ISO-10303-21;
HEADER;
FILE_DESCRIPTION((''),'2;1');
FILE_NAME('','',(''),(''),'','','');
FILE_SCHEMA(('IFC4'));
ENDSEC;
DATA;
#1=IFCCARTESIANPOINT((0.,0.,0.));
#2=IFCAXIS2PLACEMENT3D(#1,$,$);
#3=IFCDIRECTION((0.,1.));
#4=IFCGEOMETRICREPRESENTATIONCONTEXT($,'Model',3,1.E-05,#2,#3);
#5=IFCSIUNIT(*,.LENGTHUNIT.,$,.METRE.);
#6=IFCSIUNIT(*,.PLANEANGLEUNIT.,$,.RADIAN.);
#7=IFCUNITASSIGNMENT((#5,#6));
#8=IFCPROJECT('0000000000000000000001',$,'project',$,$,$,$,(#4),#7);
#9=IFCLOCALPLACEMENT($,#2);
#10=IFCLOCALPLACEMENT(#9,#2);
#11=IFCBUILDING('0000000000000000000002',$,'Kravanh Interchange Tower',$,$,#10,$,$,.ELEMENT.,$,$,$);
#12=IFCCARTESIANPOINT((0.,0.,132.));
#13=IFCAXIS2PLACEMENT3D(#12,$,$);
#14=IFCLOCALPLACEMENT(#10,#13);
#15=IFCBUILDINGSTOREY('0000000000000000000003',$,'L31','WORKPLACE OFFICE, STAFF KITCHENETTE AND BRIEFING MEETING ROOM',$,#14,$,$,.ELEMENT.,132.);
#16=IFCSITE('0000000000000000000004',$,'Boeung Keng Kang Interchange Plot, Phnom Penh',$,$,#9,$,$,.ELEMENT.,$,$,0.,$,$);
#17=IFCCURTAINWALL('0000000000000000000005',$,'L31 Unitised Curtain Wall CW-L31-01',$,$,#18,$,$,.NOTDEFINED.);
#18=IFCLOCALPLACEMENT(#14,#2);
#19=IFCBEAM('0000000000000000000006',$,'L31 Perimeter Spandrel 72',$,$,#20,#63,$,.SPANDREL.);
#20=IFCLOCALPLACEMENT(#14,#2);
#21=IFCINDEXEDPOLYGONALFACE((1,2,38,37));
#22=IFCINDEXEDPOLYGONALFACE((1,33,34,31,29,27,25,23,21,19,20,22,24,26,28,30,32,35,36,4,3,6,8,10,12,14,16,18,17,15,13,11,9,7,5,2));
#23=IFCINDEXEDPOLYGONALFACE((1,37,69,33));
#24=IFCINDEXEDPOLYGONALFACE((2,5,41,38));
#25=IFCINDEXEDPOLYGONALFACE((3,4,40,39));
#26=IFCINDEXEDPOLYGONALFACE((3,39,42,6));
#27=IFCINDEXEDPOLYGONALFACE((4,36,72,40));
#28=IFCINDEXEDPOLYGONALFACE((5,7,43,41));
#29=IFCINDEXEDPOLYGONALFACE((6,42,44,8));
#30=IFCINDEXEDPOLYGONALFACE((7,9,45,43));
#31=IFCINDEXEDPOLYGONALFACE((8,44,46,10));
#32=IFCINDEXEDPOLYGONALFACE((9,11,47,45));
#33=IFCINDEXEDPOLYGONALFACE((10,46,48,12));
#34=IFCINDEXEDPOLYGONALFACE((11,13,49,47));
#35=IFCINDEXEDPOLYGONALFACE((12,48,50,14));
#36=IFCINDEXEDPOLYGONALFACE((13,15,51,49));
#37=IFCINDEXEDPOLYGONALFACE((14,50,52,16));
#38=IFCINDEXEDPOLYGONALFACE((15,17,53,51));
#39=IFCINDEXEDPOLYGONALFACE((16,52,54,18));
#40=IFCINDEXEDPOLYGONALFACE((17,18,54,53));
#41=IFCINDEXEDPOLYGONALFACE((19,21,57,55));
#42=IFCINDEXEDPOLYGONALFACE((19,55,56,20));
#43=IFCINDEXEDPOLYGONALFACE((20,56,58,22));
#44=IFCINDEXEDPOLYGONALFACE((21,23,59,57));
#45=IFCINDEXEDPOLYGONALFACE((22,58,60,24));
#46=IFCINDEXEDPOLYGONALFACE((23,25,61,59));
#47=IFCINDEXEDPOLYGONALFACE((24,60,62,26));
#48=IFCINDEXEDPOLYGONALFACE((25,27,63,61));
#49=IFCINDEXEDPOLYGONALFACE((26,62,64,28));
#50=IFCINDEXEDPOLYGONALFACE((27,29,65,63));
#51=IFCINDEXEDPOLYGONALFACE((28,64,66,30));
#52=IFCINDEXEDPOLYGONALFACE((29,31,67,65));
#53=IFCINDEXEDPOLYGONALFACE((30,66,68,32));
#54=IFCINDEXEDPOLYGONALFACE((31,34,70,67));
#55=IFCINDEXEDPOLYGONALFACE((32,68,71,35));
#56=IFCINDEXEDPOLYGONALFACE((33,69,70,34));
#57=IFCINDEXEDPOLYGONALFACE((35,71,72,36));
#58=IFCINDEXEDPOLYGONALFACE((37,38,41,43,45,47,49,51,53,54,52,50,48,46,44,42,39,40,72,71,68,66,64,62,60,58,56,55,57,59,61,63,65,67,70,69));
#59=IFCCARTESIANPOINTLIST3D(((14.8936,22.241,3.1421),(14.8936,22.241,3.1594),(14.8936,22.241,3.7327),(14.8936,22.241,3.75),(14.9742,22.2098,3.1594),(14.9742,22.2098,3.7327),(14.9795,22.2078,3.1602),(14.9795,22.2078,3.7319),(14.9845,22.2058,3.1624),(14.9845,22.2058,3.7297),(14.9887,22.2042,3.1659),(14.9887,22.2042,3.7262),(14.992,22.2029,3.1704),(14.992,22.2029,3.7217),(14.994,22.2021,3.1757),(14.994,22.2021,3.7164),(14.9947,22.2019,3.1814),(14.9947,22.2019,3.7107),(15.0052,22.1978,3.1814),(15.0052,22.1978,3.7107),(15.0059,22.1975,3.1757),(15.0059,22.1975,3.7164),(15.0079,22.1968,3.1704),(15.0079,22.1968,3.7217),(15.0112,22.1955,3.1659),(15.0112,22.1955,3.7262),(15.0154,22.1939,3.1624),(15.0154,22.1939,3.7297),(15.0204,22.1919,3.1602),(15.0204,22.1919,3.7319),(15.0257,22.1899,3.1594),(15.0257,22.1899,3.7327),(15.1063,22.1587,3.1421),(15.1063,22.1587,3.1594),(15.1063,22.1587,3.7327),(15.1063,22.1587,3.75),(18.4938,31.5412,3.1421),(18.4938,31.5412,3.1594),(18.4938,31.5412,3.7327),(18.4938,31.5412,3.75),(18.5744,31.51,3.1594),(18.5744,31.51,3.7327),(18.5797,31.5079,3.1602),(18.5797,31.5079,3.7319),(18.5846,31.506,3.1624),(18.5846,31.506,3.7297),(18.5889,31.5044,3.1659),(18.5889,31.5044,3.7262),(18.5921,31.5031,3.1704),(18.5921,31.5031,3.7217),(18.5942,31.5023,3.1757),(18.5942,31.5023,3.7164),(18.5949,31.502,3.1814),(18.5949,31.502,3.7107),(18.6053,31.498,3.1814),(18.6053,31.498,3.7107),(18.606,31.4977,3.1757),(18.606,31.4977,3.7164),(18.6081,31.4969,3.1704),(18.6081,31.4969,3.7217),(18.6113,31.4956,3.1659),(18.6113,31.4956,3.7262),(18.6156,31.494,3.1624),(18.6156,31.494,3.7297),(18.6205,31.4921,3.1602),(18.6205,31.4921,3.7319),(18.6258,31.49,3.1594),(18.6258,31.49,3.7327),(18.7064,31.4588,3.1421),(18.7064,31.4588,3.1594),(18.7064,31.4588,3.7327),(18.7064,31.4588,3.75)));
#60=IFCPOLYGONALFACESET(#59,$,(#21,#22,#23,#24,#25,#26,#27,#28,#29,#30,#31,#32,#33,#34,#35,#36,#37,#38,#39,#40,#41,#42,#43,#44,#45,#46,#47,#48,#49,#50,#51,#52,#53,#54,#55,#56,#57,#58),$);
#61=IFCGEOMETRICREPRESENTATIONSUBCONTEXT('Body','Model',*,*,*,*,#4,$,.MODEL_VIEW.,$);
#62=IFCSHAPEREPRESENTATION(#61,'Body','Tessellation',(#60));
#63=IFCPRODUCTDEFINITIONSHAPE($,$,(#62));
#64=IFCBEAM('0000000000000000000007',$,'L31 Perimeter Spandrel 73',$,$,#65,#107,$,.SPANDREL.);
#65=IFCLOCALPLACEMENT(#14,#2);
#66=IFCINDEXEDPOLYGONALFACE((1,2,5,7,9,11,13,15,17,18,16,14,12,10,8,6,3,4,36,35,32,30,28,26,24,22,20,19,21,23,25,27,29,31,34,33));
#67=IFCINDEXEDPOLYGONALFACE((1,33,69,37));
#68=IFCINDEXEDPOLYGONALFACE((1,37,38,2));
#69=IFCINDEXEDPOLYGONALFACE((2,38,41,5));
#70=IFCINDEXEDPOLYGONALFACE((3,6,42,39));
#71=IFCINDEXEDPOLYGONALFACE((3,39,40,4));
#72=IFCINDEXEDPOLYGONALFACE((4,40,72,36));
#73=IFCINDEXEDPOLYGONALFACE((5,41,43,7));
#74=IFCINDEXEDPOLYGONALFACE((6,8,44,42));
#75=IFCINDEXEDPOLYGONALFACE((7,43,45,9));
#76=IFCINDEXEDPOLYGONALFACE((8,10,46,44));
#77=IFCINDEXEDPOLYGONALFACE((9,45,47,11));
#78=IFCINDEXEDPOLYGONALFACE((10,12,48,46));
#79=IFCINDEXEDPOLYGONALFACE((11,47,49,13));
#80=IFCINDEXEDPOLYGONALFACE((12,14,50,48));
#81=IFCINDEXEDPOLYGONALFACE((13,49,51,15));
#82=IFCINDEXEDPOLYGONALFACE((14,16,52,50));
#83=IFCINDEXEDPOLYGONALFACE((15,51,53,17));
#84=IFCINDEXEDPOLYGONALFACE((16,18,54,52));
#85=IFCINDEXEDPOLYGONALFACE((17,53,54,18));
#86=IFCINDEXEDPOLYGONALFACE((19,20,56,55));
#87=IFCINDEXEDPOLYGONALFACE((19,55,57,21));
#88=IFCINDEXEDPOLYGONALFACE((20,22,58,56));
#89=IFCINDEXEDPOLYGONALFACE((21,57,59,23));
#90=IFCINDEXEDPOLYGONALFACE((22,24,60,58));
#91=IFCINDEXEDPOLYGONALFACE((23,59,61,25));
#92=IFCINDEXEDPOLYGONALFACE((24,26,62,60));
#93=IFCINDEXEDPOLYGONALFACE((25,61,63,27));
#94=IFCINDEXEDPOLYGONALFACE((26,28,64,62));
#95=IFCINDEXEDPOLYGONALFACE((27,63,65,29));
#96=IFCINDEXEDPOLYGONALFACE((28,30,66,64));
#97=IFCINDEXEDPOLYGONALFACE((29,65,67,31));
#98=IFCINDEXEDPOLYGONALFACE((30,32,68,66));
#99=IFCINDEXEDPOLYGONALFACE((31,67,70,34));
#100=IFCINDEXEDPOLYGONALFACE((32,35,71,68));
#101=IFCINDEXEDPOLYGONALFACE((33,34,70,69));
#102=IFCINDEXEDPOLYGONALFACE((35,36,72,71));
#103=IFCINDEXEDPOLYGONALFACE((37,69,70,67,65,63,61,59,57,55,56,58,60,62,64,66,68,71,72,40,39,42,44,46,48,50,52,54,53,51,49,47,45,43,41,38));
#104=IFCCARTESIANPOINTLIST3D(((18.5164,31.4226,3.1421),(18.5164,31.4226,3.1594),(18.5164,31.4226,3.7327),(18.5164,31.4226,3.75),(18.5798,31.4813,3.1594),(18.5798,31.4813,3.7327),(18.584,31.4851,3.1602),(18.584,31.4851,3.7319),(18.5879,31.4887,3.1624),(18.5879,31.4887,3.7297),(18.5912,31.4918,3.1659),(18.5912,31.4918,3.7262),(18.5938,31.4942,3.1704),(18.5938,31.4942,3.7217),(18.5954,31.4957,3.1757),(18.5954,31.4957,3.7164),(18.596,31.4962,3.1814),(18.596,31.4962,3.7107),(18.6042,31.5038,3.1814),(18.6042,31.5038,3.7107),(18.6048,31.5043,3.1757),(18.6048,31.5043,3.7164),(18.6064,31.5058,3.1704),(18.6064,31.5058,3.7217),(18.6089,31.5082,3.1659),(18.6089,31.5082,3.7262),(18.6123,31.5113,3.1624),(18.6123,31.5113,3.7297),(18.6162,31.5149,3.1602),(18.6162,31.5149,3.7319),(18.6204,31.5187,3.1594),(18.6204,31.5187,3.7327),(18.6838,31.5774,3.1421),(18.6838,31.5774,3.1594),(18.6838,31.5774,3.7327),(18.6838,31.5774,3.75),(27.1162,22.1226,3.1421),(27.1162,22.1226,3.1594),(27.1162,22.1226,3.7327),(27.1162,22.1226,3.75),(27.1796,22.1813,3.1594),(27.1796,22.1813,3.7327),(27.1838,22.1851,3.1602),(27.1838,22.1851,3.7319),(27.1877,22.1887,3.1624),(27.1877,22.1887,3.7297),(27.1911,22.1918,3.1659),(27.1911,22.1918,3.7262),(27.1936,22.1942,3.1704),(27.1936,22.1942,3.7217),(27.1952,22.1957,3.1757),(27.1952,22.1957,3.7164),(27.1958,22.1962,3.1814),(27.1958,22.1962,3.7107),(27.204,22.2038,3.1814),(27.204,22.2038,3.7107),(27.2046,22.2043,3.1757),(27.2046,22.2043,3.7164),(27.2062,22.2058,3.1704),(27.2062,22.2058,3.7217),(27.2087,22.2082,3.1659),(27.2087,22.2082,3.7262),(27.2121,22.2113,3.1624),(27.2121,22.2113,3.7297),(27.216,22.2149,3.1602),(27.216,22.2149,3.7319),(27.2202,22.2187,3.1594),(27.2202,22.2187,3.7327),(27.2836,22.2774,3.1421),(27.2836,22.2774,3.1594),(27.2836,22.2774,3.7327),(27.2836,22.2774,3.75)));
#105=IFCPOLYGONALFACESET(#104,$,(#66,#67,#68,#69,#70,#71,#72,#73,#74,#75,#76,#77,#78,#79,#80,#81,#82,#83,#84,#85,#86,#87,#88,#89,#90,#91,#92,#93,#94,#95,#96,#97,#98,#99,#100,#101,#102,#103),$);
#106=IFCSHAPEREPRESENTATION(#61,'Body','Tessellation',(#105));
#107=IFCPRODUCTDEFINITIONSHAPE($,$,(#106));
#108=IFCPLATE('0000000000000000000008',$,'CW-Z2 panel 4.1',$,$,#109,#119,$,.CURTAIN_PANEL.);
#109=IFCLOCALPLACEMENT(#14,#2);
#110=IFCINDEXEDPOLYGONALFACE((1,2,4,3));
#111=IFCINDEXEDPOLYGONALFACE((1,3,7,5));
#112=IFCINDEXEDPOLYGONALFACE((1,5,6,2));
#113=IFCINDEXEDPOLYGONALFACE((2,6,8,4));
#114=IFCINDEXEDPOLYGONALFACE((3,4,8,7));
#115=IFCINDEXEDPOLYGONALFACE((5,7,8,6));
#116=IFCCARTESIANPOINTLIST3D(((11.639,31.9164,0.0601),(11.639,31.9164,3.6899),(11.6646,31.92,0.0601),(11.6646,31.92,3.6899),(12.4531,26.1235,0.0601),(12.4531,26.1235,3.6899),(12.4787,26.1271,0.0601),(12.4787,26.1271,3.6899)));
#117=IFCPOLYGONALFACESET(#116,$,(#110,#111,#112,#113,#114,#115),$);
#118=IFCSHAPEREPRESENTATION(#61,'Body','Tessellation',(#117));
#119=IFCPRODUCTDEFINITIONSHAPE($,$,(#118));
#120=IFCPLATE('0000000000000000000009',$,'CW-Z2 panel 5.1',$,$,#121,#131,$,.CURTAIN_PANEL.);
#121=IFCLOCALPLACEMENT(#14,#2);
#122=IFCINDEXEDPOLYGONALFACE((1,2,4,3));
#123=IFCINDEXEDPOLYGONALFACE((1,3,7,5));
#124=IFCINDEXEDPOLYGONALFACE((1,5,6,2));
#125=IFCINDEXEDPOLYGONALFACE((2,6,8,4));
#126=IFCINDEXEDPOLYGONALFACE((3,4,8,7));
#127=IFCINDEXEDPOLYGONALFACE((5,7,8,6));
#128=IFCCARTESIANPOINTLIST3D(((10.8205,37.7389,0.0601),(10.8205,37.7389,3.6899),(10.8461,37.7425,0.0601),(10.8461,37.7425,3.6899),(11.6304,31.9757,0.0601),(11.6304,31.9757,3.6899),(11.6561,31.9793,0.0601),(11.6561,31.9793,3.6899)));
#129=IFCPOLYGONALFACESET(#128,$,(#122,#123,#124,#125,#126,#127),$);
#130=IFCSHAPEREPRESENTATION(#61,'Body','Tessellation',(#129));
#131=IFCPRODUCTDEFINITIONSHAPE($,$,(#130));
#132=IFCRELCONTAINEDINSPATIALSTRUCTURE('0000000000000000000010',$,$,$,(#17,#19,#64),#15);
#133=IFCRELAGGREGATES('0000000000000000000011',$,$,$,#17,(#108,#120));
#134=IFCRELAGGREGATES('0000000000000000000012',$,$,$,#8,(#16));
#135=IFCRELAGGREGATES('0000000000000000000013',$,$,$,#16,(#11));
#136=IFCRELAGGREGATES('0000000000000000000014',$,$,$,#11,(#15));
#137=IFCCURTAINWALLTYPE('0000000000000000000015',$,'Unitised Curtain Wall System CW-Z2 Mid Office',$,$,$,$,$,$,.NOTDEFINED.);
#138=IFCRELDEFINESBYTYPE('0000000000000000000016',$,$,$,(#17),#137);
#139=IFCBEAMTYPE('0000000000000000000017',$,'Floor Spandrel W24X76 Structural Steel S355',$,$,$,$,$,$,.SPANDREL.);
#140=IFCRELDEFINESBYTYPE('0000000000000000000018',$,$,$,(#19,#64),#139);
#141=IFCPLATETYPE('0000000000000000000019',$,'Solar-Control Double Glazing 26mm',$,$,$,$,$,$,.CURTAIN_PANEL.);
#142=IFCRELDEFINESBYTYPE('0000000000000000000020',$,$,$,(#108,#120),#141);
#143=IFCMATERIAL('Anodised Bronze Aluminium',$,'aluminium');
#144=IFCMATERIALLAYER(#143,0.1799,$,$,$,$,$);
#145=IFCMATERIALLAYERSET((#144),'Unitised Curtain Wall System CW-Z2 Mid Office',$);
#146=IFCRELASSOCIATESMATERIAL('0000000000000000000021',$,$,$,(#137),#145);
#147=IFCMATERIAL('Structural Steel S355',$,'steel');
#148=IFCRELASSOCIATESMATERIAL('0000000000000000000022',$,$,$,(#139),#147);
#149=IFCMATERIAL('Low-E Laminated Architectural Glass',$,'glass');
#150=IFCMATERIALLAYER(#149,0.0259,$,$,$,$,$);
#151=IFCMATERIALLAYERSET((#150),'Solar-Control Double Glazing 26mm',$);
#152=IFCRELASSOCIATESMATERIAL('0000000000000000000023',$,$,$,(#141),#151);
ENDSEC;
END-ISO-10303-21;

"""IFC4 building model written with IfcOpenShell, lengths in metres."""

from ifc_helpers import new_model, si_unit, direction, frame, origin, origin_2d, place, context, subcontext, project, spatial, rectangle, i_section, extrude, material, layer, layer_set, material_profile, profile_set, type_object, element, aggregate, save


model = new_model("IFC4")

# Units and contexts
model_context = context("Model", 3, precision=1e-05, world=origin(), true_north=direction((0.0, 1.0)))
body_context = subcontext(model_context, "Body", "Model", "MODEL_VIEW")
ifc_project = project(units=[si_unit("LENGTHUNIT", "METRE"), si_unit("PLANEANGLEUNIT", "RADIAN")], contexts=[model_context])

# Site, building, storey
site_placement = place(None, origin())
site = spatial("IfcSite", under=ifc_project, at=site_placement, Name="Boeung Keng Kang Interchange Plot, Phnom Penh", CompositionType="ELEMENT", RefElevation=0.0)
building_placement = place(site_placement, origin())
building = spatial("IfcBuilding", under=site, at=building_placement, Name="Kravanh Interchange Tower", CompositionType="ELEMENT")
storey_placement = place(building_placement, frame((0.0, 0.0, 132.0)))
storey = spatial("IfcBuildingStorey", under=building, at=storey_placement, Name="L31", Description="WORKPLACE OFFICE, STAFF KITCHENETTE AND BRIEFING MEETING ROOM", CompositionType="ELEMENT", Elevation=132.0)

# Curtain wall
ifc_material_1 = material(Name="Anodised Bronze Aluminium", Category="aluminium")
ifc_layer_1 = layer(ifc_material_1, 0.1799)
ifc_layer_set_1 = layer_set([ifc_layer_1], Name="Unitised Curtain Wall System CW-Z2 Mid Office")
curtain_wall_type = type_object("IfcCurtainWallType", Name="Unitised Curtain Wall System CW-Z2 Mid Office", PredefinedType="NOTDEFINED", material=ifc_layer_set_1)
curtain_wall_placement = place(storey_placement, origin())
curtain_wall = element("IfcCurtainWall", 1, at=curtain_wall_placement, inside=storey, type_object=curtain_wall_type, Name="L31 Unitised Curtain Wall CW-L31-01", PredefinedType="NOTDEFINED")

# Beams
ifc_material_2 = material(Name="Structural Steel S355", Category="steel")
ifc_material_profile_1 = material_profile(ifc_material_2, i_section(OverallWidth=0.228, OverallDepth=0.6079, WebThickness=0.0112, FlangeThickness=0.0173, FilletRadius=0.022, at=origin_2d()), Name="W24X76")
ifc_profile_set_1 = profile_set([ifc_material_profile_1], Name="Structural Steel S355")
beam_type_1 = type_object("IfcBeamType", Name="Floor Spandrel W24X76 Structural Steel S355", PredefinedType="SPANDREL", material=ifc_profile_set_1)
beam_1_placement = place(storey_placement, frame((18.6001, 31.5, 3.446), z_axis=(-0.361001, -0.932565, 0.0), x_axis=(0.932565, -0.361001, 0.0)))
element("IfcBeam", 2, at=beam_1_placement, inside=storey, type_object=beam_type_1, Name="L31 Perimeter Spandrel 72", PredefinedType="SPANDREL", context=body_context, shape_type="SweptSolid", body=[
    extrude(i_section(OverallWidth=0.228, OverallDepth=0.6079, WebThickness=0.0112, FlangeThickness=0.0173, FilletRadius=0.022, at=origin_2d()), origin(), (0.0, 0.0, 1.0), 9.9727),
])
beam_2_placement = place(storey_placement, frame((18.6001, 31.5, 3.446), z_axis=(0.678927, -0.734205, 0.0), x_axis=(0.734205, 0.678927, 0.0)))
element("IfcBeam", 3, at=beam_2_placement, inside=storey, type_object=beam_type_1, Name="L31 Perimeter Spandrel 73", PredefinedType="SPANDREL", context=body_context, shape_type="SweptSolid", body=[
    extrude(i_section(OverallWidth=0.228, OverallDepth=0.6079, WebThickness=0.0112, FlangeThickness=0.0173, FilletRadius=0.022, at=origin_2d()), origin(), (0.0, 0.0, 1.0), 12.6667),
])

# Plates
ifc_material_3 = material(Name="Low-E Laminated Architectural Glass", Category="glass")
ifc_layer_2 = layer(ifc_material_3, 0.0259)
ifc_layer_set_2 = layer_set([ifc_layer_2], Name="Solar-Control Double Glazing 26mm")
plate_type = type_object("IfcPlateType", Name="Solar-Control Double Glazing 26mm", PredefinedType="CURTAIN_PANEL", material=ifc_layer_set_2)
plate_1_placement = place(storey_placement, frame((12.0588, 29.0217, 0.0601), z_axis=(0.0, 0.0, 1.0), x_axis=(-0.139173, 0.990268, 0.0)))
plate_1 = element("IfcPlate", 4, at=plate_1_placement, type_object=plate_type, Name="CW-Z2 panel 4.1", PredefinedType="CURTAIN_PANEL", context=body_context, shape_type="SweptSolid", body=[
    extrude(rectangle(XDim=5.8499, YDim=0.0259, at=origin_2d()), origin(), (0.0, 0.0, 1.0), 3.6299),
])
plate_2_placement = place(storey_placement, frame((11.2383, 34.8591, 0.0601), z_axis=(0.0, 0.0, 1.0), x_axis=(-0.139173, 0.990268, 0.0)))
plate_2 = element("IfcPlate", 5, at=plate_2_placement, type_object=plate_type, Name="CW-Z2 panel 5.1", PredefinedType="CURTAIN_PANEL", context=body_context, shape_type="SweptSolid", body=[
    extrude(rectangle(XDim=5.8198, YDim=0.0259, at=origin_2d()), origin(), (0.0, 0.0, 1.0), 3.6299),
])
aggregate(curtain_wall, [plate_1, plate_2])

save(model, "model.ifc")
